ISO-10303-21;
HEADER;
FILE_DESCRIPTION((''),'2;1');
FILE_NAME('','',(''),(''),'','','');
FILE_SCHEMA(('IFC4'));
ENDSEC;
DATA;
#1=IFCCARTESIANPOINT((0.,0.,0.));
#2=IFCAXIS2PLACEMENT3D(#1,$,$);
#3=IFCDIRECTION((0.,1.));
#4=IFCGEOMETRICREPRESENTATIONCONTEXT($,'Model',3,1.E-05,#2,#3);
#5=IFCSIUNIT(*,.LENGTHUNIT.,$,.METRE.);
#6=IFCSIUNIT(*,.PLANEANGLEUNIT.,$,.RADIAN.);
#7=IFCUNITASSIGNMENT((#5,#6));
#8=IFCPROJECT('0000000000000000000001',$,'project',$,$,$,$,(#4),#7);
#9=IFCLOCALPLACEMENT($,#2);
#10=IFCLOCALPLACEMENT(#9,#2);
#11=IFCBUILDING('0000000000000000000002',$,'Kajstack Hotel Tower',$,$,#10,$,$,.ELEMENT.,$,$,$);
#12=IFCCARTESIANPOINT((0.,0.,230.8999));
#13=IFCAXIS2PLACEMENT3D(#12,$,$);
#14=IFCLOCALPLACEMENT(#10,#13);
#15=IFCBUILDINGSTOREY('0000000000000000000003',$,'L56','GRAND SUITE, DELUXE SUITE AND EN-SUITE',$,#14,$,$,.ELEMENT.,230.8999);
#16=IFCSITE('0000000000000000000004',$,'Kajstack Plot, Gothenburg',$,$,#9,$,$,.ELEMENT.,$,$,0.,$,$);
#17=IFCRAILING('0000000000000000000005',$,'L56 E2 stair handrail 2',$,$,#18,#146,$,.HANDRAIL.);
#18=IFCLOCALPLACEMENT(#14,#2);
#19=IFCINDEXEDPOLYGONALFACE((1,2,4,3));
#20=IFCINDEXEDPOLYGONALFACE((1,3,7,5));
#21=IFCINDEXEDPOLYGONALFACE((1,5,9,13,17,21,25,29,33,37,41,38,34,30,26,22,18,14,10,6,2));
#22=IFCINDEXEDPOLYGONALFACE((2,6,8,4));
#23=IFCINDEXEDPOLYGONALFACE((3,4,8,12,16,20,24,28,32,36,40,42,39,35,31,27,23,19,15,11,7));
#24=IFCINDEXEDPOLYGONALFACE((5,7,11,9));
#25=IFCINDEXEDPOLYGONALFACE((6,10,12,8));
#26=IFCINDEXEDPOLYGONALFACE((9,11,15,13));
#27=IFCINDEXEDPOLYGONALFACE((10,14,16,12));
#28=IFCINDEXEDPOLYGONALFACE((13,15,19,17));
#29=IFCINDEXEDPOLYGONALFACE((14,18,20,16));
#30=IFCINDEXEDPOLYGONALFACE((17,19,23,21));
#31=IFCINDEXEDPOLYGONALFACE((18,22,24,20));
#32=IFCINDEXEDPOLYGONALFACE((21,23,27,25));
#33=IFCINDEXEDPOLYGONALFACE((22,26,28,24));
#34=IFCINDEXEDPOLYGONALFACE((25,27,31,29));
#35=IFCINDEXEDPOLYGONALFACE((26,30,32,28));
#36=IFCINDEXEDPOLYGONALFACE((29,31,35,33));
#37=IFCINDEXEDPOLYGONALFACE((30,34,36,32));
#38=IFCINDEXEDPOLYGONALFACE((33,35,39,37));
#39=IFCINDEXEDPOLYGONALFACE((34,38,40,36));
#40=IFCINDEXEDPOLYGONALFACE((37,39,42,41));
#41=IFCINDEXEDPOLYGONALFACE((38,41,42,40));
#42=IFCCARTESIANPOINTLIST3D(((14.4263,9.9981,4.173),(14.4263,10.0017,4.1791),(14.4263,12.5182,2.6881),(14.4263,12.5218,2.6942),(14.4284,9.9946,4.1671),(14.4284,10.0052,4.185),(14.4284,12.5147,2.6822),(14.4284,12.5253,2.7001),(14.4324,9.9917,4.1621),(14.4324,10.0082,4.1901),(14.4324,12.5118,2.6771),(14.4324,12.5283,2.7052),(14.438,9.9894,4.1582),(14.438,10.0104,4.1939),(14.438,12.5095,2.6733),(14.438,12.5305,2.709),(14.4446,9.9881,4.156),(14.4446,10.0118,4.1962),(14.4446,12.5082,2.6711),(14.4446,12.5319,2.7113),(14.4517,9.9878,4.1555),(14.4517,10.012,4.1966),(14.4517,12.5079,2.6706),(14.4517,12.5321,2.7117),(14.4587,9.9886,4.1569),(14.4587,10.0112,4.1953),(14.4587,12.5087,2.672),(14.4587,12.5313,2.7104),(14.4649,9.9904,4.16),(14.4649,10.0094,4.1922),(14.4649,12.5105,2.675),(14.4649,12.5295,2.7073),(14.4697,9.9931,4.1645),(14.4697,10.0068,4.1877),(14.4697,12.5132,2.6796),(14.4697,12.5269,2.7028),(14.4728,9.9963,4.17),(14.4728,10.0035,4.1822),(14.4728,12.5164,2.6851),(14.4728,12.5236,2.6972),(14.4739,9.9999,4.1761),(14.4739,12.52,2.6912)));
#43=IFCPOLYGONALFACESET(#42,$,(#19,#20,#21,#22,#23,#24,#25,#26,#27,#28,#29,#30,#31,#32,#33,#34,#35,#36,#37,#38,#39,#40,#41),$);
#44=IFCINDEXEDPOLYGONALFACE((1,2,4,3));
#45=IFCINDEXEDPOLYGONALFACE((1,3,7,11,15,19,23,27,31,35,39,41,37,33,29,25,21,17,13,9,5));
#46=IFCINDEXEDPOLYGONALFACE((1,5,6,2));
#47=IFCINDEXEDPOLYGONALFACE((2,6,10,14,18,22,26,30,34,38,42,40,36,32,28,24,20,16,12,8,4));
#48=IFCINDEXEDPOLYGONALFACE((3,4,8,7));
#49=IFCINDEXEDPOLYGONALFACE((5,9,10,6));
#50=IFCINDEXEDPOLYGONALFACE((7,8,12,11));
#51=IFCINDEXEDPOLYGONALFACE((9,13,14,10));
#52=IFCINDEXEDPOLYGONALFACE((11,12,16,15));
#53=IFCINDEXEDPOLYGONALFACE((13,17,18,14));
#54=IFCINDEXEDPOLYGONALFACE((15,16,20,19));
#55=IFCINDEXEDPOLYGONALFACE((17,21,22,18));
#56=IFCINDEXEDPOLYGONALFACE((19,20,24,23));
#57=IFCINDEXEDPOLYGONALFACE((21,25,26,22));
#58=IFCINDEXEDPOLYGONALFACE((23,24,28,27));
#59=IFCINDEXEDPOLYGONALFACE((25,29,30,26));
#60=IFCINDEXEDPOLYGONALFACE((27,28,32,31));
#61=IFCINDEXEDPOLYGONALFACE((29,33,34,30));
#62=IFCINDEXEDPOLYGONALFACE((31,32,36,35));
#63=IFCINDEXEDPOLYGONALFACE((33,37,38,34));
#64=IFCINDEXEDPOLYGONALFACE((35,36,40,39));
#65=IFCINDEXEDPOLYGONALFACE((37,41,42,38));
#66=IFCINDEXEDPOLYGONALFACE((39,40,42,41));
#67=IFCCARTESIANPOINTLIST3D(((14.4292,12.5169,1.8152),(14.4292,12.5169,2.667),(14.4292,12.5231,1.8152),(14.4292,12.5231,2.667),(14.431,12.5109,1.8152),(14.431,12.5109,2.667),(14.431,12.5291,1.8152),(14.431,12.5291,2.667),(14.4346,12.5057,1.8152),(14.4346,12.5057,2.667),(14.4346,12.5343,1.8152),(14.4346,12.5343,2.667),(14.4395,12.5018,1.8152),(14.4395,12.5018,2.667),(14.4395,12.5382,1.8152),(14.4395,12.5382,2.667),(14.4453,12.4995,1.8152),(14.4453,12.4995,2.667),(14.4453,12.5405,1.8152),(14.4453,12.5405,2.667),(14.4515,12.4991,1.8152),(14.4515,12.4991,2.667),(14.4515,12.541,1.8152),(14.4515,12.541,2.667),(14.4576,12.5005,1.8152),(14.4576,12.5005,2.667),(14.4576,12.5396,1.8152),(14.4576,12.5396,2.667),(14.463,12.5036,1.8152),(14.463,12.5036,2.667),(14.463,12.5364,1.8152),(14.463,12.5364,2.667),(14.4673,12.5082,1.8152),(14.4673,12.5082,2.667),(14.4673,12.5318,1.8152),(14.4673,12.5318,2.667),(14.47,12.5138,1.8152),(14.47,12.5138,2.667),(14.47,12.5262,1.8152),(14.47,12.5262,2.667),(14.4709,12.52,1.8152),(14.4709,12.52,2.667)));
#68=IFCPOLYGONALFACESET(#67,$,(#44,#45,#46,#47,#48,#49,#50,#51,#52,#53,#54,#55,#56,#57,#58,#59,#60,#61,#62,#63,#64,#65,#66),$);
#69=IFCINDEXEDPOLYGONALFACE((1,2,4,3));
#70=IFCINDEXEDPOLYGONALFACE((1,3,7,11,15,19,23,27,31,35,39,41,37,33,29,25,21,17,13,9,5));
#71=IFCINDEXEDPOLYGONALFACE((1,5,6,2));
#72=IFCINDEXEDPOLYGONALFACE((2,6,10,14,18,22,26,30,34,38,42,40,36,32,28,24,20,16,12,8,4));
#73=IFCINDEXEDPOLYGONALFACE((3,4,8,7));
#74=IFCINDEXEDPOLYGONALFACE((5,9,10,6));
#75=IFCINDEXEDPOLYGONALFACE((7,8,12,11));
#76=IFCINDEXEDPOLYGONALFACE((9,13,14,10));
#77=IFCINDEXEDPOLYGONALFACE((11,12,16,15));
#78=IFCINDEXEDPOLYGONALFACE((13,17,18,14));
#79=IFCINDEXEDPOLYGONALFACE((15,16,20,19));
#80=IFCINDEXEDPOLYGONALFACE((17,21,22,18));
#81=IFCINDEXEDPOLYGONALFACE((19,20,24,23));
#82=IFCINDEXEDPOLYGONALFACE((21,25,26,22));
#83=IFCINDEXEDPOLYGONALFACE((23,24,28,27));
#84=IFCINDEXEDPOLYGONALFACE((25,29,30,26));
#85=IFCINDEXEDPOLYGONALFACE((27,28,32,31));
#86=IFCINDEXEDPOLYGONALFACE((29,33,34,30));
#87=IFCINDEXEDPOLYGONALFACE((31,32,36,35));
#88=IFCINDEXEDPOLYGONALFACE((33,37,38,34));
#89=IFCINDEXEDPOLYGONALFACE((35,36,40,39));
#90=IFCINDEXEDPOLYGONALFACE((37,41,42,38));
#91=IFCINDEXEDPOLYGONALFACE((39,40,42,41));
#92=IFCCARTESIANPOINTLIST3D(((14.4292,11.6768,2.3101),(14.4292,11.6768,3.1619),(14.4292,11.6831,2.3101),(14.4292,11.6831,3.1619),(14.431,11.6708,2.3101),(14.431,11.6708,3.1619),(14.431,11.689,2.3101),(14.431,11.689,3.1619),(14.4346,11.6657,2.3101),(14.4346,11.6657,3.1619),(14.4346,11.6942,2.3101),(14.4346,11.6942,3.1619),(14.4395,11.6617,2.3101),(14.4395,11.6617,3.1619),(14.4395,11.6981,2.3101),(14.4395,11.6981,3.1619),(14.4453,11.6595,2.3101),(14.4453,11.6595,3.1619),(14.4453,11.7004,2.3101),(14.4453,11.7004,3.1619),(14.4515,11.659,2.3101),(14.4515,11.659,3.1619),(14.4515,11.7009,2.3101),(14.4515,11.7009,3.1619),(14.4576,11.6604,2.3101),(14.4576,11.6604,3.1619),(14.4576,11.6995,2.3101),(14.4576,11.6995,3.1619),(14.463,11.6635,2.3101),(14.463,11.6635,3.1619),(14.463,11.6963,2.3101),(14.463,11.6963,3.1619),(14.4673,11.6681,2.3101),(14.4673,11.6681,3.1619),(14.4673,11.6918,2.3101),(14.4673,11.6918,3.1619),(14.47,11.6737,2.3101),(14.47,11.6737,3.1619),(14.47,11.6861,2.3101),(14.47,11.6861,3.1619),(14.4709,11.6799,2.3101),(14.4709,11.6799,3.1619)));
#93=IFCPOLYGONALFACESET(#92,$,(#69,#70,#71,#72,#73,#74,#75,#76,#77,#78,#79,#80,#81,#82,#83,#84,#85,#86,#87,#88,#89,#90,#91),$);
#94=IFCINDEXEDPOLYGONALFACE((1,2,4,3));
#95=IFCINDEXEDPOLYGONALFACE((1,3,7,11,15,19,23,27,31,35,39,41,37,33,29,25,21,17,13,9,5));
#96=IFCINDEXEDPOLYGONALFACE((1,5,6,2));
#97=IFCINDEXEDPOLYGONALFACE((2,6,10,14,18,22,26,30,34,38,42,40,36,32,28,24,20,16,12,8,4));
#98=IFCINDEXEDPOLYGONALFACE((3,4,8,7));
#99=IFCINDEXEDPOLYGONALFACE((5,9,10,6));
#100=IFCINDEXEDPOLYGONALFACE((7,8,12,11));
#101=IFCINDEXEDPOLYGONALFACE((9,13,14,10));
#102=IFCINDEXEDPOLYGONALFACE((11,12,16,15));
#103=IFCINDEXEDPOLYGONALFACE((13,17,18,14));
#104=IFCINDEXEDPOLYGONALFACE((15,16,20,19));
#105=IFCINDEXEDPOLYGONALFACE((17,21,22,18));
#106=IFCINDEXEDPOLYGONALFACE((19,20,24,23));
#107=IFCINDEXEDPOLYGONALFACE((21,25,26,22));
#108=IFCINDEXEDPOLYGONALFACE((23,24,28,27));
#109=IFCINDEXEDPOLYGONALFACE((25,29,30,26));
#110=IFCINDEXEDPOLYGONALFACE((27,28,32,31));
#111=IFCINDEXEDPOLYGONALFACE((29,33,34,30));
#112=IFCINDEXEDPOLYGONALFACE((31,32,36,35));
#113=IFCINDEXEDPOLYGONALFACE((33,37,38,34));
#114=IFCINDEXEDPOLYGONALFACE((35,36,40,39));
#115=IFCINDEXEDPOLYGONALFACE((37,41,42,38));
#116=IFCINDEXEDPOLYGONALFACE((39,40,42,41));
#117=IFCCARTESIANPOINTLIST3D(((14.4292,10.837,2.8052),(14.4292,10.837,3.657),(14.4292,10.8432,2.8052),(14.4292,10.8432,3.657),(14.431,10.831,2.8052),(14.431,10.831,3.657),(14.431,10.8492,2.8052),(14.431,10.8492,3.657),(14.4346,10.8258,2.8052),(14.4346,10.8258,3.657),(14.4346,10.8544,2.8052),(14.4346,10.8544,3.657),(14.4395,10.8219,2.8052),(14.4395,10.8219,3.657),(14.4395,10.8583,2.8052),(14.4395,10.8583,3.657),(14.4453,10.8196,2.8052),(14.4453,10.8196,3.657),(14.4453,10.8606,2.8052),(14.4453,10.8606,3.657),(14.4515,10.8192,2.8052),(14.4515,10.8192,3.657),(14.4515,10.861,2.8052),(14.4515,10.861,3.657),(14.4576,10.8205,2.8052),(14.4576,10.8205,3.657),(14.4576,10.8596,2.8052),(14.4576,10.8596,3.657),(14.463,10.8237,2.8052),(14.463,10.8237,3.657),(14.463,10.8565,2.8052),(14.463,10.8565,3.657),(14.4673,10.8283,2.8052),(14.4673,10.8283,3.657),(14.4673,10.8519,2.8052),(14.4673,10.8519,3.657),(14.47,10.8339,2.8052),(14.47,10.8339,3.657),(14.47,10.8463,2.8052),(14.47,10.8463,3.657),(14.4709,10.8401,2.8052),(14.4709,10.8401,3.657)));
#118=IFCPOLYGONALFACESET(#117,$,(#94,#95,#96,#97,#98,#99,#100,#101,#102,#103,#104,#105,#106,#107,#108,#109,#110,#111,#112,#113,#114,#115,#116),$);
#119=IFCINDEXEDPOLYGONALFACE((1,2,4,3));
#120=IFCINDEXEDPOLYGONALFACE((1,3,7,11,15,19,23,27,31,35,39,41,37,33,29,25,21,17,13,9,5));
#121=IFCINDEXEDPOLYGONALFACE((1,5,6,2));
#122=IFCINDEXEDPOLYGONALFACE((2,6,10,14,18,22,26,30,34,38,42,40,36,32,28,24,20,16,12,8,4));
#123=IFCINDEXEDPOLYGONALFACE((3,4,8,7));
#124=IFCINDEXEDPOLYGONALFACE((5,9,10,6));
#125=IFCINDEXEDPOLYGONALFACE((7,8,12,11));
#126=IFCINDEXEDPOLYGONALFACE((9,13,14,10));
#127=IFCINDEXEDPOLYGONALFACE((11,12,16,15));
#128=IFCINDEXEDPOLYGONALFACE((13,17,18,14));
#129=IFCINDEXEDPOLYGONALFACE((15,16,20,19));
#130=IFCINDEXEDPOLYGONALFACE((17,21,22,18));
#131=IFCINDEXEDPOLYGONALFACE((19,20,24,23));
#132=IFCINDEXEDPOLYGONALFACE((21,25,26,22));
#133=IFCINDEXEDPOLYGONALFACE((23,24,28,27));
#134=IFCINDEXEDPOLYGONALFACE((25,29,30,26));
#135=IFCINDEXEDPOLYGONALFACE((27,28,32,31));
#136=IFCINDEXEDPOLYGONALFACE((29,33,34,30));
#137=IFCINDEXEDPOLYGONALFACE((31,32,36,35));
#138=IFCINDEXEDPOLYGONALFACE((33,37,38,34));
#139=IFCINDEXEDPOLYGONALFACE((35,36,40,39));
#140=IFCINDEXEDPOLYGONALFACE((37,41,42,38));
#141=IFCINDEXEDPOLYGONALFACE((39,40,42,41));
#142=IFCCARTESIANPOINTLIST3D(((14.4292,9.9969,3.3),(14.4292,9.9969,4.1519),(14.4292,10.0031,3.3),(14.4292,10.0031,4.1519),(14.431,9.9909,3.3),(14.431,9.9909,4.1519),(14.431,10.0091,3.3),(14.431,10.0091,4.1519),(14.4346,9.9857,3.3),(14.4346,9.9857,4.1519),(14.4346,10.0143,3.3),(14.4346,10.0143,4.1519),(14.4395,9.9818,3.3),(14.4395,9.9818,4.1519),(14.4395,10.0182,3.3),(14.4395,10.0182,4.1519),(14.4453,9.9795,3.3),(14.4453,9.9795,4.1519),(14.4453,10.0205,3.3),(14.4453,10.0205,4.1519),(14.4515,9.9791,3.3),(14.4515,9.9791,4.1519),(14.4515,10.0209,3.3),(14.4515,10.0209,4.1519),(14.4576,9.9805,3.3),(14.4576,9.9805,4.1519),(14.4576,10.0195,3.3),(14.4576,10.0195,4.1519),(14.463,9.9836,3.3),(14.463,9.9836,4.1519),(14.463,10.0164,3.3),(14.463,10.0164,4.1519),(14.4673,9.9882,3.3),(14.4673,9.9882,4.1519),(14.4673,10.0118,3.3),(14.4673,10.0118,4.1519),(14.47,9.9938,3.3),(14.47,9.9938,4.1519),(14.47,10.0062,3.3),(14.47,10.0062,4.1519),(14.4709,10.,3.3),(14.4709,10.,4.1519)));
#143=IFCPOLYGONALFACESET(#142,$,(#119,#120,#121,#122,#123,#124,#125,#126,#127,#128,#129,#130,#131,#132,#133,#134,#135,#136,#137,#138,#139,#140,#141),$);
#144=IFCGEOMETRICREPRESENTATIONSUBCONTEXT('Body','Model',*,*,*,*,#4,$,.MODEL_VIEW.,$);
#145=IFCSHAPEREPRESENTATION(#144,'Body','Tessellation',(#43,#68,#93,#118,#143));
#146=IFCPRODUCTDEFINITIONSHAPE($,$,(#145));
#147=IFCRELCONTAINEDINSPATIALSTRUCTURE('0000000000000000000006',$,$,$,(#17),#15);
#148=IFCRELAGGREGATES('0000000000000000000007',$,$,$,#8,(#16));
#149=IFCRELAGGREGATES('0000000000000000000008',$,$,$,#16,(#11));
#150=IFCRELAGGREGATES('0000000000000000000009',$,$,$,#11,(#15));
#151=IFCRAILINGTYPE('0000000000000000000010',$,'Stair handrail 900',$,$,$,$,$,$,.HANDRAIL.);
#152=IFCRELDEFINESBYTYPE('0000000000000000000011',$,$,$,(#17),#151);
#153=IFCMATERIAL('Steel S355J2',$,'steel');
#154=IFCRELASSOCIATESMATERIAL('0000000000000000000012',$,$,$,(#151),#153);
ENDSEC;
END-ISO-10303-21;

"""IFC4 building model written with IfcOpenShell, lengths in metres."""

from ifc_helpers import new_model, si_unit, direction, frame, origin, origin_2d, place, context, subcontext, project, spatial, circle, extrude, material, type_object, element, save


model = new_model("IFC4")

# Units and contexts
model_context = context("Model", 3, precision=1e-05, world=origin(), true_north=direction((0.0, 1.0)))
body_context = subcontext(model_context, "Body", "Model", "MODEL_VIEW")
ifc_project = project(units=[si_unit("LENGTHUNIT", "METRE"), si_unit("PLANEANGLEUNIT", "RADIAN")], contexts=[model_context])

# Site, building, storey
site_placement = place(None, origin())
site = spatial("IfcSite", under=ifc_project, at=site_placement, Name="Kajstack Plot, Gothenburg", CompositionType="ELEMENT", RefElevation=0.0)
building_placement = place(site_placement, origin())
building = spatial("IfcBuilding", under=site, at=building_placement, Name="Kajstack Hotel Tower", CompositionType="ELEMENT")
storey_placement = place(building_placement, frame((0.0, 0.0, 230.8999)))
storey = spatial("IfcBuildingStorey", under=building, at=storey_placement, Name="L56", Description="GRAND SUITE, DELUXE SUITE AND EN-SUITE", CompositionType="ELEMENT", Elevation=230.8999)

# Railing
ifc_material_1 = material(Name="Steel S355J2", Category="steel")
railing_type_1 = type_object("IfcRailingType", Name="Stair handrail 900", PredefinedType="HANDRAIL", material=ifc_material_1)
railing_1_placement = place(storey_placement, frame((14.45, 12.52, 1.8152)))
element("IfcRailing", 1, at=railing_1_placement, inside=storey, type_object=railing_type_1, Name="L56 E2 stair handrail 2", PredefinedType="HANDRAIL", context=body_context, shape_type="SweptSolid", body=[
    extrude(circle(Radius=0.0239, at=origin_2d()), frame((0.0, 0.0, 0.876), z_axis=(0.0, -0.861561, 0.507655), x_axis=(1.0, 0.0, 0.0)), (0.0, 0.0, 1.0), 2.925),
    extrude(circle(Radius=0.021, at=origin_2d()), origin(), (0.0, 0.0, 1.0), 0.8518),
    extrude(circle(Radius=0.021, at=origin_2d()), frame((0.0, -0.8401, 0.4949)), (0.0, 0.0, 1.0), 0.8518),
    extrude(circle(Radius=0.021, at=origin_2d()), frame((0.0, -1.6799, 0.99)), (0.0, 0.0, 1.0), 0.8518),
    extrude(circle(Radius=0.021, at=origin_2d()), frame((0.0, -2.52, 1.4849)), (0.0, 0.0, 1.0), 0.8518),
])

save(model, "model.ifc")
